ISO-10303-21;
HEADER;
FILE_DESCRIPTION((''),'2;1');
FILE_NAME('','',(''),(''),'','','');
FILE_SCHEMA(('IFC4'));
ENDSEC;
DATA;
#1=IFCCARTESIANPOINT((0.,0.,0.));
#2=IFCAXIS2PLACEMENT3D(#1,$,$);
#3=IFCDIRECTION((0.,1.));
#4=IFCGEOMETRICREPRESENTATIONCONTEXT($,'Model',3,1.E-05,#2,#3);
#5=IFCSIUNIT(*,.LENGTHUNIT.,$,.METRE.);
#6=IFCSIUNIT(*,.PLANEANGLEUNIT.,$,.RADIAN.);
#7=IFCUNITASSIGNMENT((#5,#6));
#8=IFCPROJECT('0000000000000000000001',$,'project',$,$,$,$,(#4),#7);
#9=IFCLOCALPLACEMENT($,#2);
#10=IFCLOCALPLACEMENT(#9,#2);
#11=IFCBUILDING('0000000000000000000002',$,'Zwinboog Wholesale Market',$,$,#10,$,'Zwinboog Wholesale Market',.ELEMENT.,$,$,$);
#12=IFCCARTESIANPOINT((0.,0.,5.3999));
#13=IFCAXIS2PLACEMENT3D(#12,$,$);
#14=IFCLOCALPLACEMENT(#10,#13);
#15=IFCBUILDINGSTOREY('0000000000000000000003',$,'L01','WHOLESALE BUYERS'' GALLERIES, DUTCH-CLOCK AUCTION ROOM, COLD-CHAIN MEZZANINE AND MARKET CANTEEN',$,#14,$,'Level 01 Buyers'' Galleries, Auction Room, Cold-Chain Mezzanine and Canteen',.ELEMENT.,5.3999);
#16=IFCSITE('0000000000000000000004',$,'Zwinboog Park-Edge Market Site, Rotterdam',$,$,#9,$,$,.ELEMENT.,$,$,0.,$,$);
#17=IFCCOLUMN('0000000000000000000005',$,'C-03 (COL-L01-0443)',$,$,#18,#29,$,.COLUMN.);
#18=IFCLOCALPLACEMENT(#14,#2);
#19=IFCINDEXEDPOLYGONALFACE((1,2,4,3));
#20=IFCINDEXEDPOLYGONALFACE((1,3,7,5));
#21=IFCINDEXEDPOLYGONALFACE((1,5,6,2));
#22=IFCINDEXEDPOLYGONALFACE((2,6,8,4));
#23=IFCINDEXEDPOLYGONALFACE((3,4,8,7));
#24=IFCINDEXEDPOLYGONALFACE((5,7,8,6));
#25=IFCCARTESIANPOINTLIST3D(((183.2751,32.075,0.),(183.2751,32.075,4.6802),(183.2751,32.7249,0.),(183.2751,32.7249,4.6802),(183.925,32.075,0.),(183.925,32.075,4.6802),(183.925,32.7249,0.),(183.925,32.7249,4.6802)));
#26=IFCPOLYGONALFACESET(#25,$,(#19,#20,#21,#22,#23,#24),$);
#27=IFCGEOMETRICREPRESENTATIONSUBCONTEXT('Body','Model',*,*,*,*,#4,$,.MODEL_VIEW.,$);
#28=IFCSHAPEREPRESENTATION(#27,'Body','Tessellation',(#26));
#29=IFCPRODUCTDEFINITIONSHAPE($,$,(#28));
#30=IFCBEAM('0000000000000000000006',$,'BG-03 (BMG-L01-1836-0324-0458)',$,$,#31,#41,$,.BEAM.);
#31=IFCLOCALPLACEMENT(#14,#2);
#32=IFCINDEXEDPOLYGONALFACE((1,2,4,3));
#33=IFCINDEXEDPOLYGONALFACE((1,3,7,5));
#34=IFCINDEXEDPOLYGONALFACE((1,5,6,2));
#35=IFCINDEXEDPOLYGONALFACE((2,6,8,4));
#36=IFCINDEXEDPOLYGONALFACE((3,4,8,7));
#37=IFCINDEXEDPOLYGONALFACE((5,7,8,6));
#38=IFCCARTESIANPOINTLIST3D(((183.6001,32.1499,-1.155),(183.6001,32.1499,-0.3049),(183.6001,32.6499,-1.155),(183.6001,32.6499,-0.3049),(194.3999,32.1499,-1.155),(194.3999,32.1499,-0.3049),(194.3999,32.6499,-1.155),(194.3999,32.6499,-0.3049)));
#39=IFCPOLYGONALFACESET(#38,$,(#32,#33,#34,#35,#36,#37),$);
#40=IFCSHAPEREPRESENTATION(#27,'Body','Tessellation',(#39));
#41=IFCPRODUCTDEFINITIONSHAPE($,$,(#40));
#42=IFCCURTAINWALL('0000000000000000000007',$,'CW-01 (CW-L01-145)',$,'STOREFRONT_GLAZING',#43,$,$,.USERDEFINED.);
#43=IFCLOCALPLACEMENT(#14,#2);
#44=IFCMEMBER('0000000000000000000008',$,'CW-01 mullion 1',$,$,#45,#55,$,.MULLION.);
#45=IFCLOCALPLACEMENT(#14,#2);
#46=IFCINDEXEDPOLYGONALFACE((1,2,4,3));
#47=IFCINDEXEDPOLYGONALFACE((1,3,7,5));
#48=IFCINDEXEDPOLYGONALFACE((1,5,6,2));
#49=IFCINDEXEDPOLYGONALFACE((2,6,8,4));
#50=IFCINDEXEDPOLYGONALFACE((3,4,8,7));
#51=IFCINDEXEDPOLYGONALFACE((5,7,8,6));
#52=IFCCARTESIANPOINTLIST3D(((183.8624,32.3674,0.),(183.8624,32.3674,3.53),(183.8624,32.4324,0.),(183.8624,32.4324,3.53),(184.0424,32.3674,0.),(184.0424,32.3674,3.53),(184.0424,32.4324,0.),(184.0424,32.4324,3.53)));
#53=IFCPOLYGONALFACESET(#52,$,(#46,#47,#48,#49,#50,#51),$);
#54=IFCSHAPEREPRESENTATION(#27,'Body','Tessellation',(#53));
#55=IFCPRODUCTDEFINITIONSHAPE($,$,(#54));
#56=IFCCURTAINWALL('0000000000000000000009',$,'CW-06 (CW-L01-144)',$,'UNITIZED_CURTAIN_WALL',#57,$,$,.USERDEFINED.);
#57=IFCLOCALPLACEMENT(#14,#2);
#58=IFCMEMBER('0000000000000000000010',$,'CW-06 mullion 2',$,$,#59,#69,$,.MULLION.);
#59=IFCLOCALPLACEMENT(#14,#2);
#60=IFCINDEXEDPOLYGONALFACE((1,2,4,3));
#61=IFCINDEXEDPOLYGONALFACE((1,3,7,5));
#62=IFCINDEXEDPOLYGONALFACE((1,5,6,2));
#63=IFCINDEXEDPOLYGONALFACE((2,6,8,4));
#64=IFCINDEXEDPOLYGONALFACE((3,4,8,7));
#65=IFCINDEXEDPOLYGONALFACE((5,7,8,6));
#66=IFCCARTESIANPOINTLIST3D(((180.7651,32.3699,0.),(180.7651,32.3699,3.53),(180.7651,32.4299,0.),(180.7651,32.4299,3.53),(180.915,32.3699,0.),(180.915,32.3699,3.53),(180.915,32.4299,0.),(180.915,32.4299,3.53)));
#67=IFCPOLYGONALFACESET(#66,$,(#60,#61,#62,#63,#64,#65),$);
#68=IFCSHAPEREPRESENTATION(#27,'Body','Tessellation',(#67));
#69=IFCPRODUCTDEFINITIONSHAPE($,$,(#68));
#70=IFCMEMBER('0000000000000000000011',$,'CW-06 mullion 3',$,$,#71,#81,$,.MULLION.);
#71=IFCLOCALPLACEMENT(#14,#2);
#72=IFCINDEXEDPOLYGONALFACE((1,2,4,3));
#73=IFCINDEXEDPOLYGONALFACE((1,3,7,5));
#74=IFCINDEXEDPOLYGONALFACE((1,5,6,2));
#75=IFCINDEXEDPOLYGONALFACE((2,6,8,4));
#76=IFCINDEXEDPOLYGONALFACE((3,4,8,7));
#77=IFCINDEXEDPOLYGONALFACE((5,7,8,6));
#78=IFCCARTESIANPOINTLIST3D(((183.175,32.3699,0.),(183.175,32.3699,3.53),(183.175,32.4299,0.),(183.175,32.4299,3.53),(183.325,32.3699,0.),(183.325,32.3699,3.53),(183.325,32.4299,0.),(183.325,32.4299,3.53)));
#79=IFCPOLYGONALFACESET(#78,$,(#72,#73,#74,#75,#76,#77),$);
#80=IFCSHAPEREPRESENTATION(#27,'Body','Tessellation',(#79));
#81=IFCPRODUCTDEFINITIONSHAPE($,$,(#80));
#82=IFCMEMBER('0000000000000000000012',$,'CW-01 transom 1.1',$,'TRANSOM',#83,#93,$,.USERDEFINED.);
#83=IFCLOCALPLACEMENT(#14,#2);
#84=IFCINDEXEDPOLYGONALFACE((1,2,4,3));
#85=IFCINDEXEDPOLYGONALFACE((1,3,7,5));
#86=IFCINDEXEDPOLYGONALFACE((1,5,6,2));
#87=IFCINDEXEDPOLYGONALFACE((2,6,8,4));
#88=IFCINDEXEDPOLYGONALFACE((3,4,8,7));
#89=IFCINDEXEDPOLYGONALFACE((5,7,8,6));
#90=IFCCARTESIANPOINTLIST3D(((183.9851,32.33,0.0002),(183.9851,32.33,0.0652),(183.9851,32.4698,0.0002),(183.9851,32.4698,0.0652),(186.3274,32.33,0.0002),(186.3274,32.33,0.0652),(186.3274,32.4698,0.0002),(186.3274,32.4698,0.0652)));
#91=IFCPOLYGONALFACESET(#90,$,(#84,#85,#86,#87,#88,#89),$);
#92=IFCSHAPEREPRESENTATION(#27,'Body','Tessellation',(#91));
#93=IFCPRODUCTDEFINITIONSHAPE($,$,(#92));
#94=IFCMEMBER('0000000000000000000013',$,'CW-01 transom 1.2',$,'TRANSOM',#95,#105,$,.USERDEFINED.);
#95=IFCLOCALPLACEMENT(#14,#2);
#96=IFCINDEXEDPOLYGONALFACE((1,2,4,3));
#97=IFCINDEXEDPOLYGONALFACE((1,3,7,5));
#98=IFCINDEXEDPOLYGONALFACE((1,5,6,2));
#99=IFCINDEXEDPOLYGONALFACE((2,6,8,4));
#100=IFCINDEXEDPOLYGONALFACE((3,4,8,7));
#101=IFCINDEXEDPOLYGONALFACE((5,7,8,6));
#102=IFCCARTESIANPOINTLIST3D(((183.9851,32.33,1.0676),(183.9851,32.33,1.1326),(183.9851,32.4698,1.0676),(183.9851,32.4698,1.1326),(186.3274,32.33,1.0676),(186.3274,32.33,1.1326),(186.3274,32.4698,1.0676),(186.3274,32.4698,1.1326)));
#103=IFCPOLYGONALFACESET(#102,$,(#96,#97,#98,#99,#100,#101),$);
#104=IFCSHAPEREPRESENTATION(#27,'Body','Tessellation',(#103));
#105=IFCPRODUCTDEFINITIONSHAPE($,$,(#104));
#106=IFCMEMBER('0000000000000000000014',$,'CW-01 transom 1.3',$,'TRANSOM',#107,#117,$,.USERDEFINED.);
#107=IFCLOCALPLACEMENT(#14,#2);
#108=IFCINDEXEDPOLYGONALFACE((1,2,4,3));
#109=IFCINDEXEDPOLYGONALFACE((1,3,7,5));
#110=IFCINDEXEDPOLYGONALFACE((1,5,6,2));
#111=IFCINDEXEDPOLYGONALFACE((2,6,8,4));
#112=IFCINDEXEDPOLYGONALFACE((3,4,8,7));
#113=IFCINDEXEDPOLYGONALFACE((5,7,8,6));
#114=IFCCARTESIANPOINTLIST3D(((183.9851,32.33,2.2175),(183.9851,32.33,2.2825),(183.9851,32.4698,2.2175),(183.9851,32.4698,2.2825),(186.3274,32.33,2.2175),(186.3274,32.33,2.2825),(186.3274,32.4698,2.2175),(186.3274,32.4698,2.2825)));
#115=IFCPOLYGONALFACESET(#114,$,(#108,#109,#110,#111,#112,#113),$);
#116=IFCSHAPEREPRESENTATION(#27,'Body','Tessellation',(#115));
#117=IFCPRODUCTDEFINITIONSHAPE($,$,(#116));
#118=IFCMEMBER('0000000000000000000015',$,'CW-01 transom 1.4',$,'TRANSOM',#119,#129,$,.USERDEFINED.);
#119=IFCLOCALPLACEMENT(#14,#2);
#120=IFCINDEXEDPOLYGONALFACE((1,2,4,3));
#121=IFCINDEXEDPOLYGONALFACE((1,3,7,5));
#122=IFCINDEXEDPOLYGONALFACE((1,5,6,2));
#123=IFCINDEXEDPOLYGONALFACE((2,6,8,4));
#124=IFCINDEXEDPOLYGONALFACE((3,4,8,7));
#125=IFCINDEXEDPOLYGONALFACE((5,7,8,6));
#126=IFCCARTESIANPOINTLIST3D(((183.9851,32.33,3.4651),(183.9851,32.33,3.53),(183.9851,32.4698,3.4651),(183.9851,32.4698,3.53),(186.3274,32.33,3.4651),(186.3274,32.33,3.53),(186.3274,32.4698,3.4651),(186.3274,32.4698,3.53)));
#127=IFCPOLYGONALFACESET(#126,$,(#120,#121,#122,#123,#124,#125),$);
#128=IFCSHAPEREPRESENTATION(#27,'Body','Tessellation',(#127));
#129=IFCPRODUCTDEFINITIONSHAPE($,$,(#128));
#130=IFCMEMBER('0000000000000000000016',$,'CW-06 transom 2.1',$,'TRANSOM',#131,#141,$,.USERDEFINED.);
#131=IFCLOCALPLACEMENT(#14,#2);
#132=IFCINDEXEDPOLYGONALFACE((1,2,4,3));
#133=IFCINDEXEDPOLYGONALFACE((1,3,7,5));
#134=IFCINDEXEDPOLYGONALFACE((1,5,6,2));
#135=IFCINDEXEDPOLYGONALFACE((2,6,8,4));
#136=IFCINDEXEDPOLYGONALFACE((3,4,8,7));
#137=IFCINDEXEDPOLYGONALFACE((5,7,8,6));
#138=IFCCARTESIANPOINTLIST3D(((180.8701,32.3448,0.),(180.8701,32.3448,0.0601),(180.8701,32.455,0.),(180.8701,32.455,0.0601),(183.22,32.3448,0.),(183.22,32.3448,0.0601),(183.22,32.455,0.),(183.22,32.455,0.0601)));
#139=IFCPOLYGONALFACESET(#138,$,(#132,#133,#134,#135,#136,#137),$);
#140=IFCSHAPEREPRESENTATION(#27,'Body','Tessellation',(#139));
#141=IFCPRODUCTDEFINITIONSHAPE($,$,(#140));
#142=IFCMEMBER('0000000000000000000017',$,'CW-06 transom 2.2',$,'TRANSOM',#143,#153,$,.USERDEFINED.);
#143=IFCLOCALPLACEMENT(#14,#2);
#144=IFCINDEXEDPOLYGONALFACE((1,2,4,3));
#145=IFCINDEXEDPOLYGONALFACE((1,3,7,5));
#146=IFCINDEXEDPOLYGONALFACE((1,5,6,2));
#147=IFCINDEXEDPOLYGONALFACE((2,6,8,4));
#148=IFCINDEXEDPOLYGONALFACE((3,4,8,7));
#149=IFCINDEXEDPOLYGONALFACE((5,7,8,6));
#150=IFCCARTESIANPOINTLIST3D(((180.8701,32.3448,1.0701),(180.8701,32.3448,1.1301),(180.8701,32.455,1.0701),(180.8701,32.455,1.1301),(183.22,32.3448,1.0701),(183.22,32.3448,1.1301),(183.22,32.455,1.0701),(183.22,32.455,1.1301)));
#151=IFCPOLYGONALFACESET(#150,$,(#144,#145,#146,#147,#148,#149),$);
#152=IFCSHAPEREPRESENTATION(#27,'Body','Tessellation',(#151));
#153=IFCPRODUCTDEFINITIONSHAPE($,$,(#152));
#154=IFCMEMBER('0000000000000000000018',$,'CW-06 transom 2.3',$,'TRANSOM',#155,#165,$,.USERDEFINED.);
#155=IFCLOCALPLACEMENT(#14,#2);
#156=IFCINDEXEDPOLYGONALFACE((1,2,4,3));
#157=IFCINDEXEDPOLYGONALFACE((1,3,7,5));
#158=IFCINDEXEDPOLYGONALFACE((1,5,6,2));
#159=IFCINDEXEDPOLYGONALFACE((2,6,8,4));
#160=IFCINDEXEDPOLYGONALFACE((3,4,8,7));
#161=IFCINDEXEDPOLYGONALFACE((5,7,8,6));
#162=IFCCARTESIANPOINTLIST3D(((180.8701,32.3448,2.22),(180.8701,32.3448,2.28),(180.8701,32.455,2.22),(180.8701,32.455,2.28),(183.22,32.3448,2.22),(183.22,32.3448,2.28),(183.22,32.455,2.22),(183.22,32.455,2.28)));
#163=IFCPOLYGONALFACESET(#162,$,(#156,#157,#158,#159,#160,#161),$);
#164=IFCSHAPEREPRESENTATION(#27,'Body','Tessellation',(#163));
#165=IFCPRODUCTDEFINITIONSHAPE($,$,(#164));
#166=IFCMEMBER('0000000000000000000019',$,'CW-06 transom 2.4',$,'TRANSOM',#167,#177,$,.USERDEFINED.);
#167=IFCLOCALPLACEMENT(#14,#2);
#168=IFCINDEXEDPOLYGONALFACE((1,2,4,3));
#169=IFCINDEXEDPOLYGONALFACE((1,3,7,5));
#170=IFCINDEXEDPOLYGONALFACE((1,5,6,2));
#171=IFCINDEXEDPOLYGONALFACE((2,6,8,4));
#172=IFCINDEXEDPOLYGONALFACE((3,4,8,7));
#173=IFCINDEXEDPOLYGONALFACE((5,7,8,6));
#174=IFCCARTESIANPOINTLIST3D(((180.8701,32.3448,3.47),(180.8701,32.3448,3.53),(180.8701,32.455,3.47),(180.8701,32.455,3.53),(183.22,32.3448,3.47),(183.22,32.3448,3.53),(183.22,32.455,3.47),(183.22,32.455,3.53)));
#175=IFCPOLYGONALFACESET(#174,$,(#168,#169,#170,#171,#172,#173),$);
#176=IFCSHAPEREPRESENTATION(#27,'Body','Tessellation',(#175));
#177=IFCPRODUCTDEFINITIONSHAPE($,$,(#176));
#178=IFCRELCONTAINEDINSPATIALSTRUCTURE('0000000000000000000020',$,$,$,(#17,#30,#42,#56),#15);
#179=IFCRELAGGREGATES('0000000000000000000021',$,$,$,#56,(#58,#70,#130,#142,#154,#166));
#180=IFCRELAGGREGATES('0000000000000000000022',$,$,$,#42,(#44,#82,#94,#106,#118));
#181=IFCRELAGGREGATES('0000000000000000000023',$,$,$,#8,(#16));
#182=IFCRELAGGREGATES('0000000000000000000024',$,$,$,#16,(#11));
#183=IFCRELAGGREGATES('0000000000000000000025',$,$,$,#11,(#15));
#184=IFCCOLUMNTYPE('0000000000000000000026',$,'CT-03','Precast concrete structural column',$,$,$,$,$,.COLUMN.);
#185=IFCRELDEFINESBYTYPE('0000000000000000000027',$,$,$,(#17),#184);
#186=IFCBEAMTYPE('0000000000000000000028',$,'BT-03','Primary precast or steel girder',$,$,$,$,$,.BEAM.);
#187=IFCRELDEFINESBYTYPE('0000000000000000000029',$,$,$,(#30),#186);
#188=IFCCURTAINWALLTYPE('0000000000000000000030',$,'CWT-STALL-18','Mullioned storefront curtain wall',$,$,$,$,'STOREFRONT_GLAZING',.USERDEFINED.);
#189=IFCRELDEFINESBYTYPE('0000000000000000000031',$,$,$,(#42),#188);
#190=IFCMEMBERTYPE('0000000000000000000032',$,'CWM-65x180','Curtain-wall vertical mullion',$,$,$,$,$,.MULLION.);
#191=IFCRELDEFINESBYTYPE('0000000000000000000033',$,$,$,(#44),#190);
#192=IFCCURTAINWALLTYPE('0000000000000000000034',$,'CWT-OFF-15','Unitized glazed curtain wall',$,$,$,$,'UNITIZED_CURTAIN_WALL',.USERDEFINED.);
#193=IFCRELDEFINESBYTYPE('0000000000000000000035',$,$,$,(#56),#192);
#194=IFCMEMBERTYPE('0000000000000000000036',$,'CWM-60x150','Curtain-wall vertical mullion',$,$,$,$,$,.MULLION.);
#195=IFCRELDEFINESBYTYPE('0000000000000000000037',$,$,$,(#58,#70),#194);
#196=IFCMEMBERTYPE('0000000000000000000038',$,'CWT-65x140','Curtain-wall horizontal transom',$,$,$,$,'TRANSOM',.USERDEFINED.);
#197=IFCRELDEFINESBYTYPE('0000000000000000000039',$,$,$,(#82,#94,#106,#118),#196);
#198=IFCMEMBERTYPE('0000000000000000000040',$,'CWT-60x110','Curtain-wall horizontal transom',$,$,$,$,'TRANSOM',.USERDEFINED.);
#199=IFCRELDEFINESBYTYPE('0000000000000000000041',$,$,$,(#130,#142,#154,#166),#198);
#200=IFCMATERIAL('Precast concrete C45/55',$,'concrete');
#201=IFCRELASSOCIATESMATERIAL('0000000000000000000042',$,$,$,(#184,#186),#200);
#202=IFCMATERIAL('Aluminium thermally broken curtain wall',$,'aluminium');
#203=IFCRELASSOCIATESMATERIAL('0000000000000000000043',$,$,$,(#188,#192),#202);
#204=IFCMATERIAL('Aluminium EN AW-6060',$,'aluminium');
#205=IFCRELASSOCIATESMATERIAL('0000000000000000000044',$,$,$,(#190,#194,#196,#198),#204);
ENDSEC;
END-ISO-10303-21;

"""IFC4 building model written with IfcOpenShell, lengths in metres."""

from ifc_helpers import new_model, si_unit, direction, frame, origin, origin_2d, place, context, subcontext, project, spatial, rectangle, extrude, material, material_profile, profile_set, type_object, element, aggregate, save


model = new_model("IFC4")

# Units and contexts
model_context = context("Model", 3, precision=1e-05, world=origin(), true_north=direction((0.0, 1.0)))
body_context = subcontext(model_context, "Body", "Model", "MODEL_VIEW")
ifc_project = project(units=[si_unit("LENGTHUNIT", "METRE"), si_unit("PLANEANGLEUNIT", "RADIAN")], contexts=[model_context])

# Site, building, storey
site_placement = place(None, origin())
site = spatial("IfcSite", under=ifc_project, at=site_placement, Name="Zwinboog Park-Edge Market Site, Rotterdam", CompositionType="ELEMENT", RefElevation=0.0)
building_placement = place(site_placement, origin())
building = spatial("IfcBuilding", under=site, at=building_placement, Name="Zwinboog Wholesale Market", LongName="Zwinboog Wholesale Market", CompositionType="ELEMENT")
storey_placement = place(building_placement, frame((0.0, 0.0, 5.3999)))
storey = spatial("IfcBuildingStorey", under=building, at=storey_placement, Name="L01", Description="WHOLESALE BUYERS' GALLERIES, DUTCH-CLOCK AUCTION ROOM, COLD-CHAIN MEZZANINE AND MARKET CANTEEN", LongName="Level 01 Buyers' Galleries, Auction Room, Cold-Chain Mezzanine and Canteen", CompositionType="ELEMENT", Elevation=5.3999)

# Column
ifc_material_1 = material(Name="Precast concrete C45/55", Category="concrete")
ifc_material_profile_1 = material_profile(ifc_material_1, rectangle(XDim=0.6499, YDim=0.6499, at=origin_2d()), Name="PC 650x650")
ifc_profile_set_1 = profile_set([ifc_material_profile_1], Name="Precast concrete C45/55")
column_type = type_object("IfcColumnType", Name="CT-03", Description="Precast concrete structural column", PredefinedType="COLUMN", material=ifc_profile_set_1)
column_placement = place(storey_placement, frame((183.6001, 32.3999, 0.0), z_axis=(0.0, 0.0, 1.0), x_axis=(1.0, 0.0, 0.0)))
element("IfcColumn", 1, at=column_placement, inside=storey, type_object=column_type, Name="C-03 (COL-L01-0443)", PredefinedType="COLUMN", context=body_context, shape_type="SweptSolid", body=[
    extrude(rectangle(XDim=0.6499, YDim=0.6499, at=origin_2d()), origin(), (0.0, 0.0, 1.0), 4.6802),
])

# Beam
ifc_material_profile_2 = material_profile(ifc_material_1, rectangle(XDim=0.5, YDim=0.8501, at=origin_2d()), Name="PC 500x850")
ifc_profile_set_2 = profile_set([ifc_material_profile_2], Name="Precast concrete C45/55")
beam_type = type_object("IfcBeamType", Name="BT-03", Description="Primary precast or steel girder", PredefinedType="BEAM", material=ifc_profile_set_2)
beam_placement = place(storey_placement, frame((183.6001, 32.3999, -0.73), z_axis=(1.0, 0.0, 0.0), x_axis=(0.0, 1.0, 0.0)))
element("IfcBeam", 2, at=beam_placement, inside=storey, type_object=beam_type, Name="BG-03 (BMG-L01-1836-0324-0458)", PredefinedType="BEAM", context=body_context, shape_type="SweptSolid", body=[
    extrude(rectangle(XDim=0.5, YDim=0.8501, at=origin_2d()), origin(), (0.0, 0.0, 1.0), 10.7998),
])

# Curtain wall, member
ifc_material_2 = material(Name="Aluminium thermally broken curtain wall", Category="aluminium")
curtain_wall_type_1 = type_object("IfcCurtainWallType", Name="CWT-STALL-18", Description="Mullioned storefront curtain wall", ElementType="STOREFRONT_GLAZING", PredefinedType="USERDEFINED", material=ifc_material_2)
curtain_wall_1_placement = place(storey_placement, origin())
curtain_wall_1 = element("IfcCurtainWall", 3, at=curtain_wall_1_placement, inside=storey, type_object=curtain_wall_type_1, Name="CW-01 (CW-L01-145)", ObjectType="STOREFRONT_GLAZING", PredefinedType="USERDEFINED")
ifc_material_3 = material(Name="Aluminium EN AW-6060", Category="aluminium")
ifc_material_profile_3 = material_profile(ifc_material_3, rectangle(XDim=0.0649, YDim=0.1799, at=origin_2d()), Name="AL 65x180")
ifc_profile_set_3 = profile_set([ifc_material_profile_3], Name="Aluminium EN AW-6060")
member_type_1 = type_object("IfcMemberType", Name="CWM-65x180", Description="Curtain-wall vertical mullion", PredefinedType="MULLION", material=ifc_profile_set_3)
member_1_placement = place(storey_placement, frame((183.9524, 32.3999, 0.0), z_axis=(0.0, 0.0, 1.0), x_axis=(0.0, 1.0, 0.0)))
member_1 = element("IfcMember", 4, at=member_1_placement, type_object=member_type_1, Name="CW-01 mullion 1", PredefinedType="MULLION", context=body_context, shape_type="SweptSolid", body=[
    extrude(rectangle(XDim=0.0649, YDim=0.1799, at=origin_2d()), origin(), (0.0, 0.0, 1.0), 3.53),
])

# Curtain wall, members
curtain_wall_type_2 = type_object("IfcCurtainWallType", Name="CWT-OFF-15", Description="Unitized glazed curtain wall", ElementType="UNITIZED_CURTAIN_WALL", PredefinedType="USERDEFINED", material=ifc_material_2)
curtain_wall_2_placement = place(storey_placement, origin())
curtain_wall_2 = element("IfcCurtainWall", 5, at=curtain_wall_2_placement, inside=storey, type_object=curtain_wall_type_2, Name="CW-06 (CW-L01-144)", ObjectType="UNITIZED_CURTAIN_WALL", PredefinedType="USERDEFINED")
ifc_material_profile_4 = material_profile(ifc_material_3, rectangle(XDim=0.0601, YDim=0.1499, at=origin_2d()), Name="AL 60x150")
ifc_profile_set_4 = profile_set([ifc_material_profile_4], Name="Aluminium EN AW-6060")
member_type_2 = type_object("IfcMemberType", Name="CWM-60x150", Description="Curtain-wall vertical mullion", PredefinedType="MULLION", material=ifc_profile_set_4)
member_2_placement = place(storey_placement, frame((180.8401, 32.3999, 0.0), z_axis=(0.0, 0.0, 1.0), x_axis=(0.0, 1.0, 0.0)))
member_2 = element("IfcMember", 6, at=member_2_placement, type_object=member_type_2, Name="CW-06 mullion 2", PredefinedType="MULLION", context=body_context, shape_type="SweptSolid", body=[
    extrude(rectangle(XDim=0.0601, YDim=0.1499, at=origin_2d()), origin(), (0.0, 0.0, 1.0), 3.53),
])
member_3_placement = place(storey_placement, frame((183.25, 32.3999, 0.0), z_axis=(0.0, 0.0, 1.0), x_axis=(0.0, 1.0, 0.0)))
member_3 = element("IfcMember", 7, at=member_3_placement, type_object=member_type_2, Name="CW-06 mullion 3", PredefinedType="MULLION", context=body_context, shape_type="SweptSolid", body=[
    extrude(rectangle(XDim=0.0601, YDim=0.1499, at=origin_2d()), origin(), (0.0, 0.0, 1.0), 3.53),
])

# Members
ifc_material_profile_5 = material_profile(ifc_material_3, rectangle(XDim=0.1399, YDim=0.0649, at=origin_2d()), Name="AL 65x140")
ifc_profile_set_5 = profile_set([ifc_material_profile_5], Name="Aluminium EN AW-6060")
member_type_3 = type_object("IfcMemberType", Name="CWT-65x140", Description="Curtain-wall horizontal transom", ElementType="TRANSOM", PredefinedType="USERDEFINED", material=ifc_profile_set_5)
member_4_placement = place(storey_placement, frame((183.9851, 32.3999, 0.0327), z_axis=(1.0, 0.0, 0.0), x_axis=(0.0, 1.0, 0.0)))
member_4 = element("IfcMember", 8, at=member_4_placement, type_object=member_type_3, Name="CW-01 transom 1.1", ObjectType="TRANSOM", PredefinedType="USERDEFINED", context=body_context, shape_type="SweptSolid", body=[
    extrude(rectangle(XDim=0.1399, YDim=0.0649, at=origin_2d()), origin(), (0.0, 0.0, 1.0), 2.3423),
])
member_5_placement = place(storey_placement, frame((183.9851, 32.3999, 1.1001), z_axis=(1.0, 0.0, 0.0), x_axis=(0.0, 1.0, 0.0)))
member_5 = element("IfcMember", 9, at=member_5_placement, type_object=member_type_3, Name="CW-01 transom 1.2", ObjectType="TRANSOM", PredefinedType="USERDEFINED", context=body_context, shape_type="SweptSolid", body=[
    extrude(rectangle(XDim=0.1399, YDim=0.0649, at=origin_2d()), origin(), (0.0, 0.0, 1.0), 2.3423),
])
member_6_placement = place(storey_placement, frame((183.9851, 32.3999, 2.25), z_axis=(1.0, 0.0, 0.0), x_axis=(0.0, 1.0, 0.0)))
member_6 = element("IfcMember", 10, at=member_6_placement, type_object=member_type_3, Name="CW-01 transom 1.3", ObjectType="TRANSOM", PredefinedType="USERDEFINED", context=body_context, shape_type="SweptSolid", body=[
    extrude(rectangle(XDim=0.1399, YDim=0.0649, at=origin_2d()), origin(), (0.0, 0.0, 1.0), 2.3423),
])
member_7_placement = place(storey_placement, frame((183.9851, 32.3999, 3.4976), z_axis=(1.0, 0.0, 0.0), x_axis=(0.0, 1.0, 0.0)))
member_7 = element("IfcMember", 11, at=member_7_placement, type_object=member_type_3, Name="CW-01 transom 1.4", ObjectType="TRANSOM", PredefinedType="USERDEFINED", context=body_context, shape_type="SweptSolid", body=[
    extrude(rectangle(XDim=0.1399, YDim=0.0649, at=origin_2d()), origin(), (0.0, 0.0, 1.0), 2.3423),
])
ifc_material_profile_6 = material_profile(ifc_material_3, rectangle(XDim=0.1101, YDim=0.0601, at=origin_2d()), Name="AL 60x110")
ifc_profile_set_6 = profile_set([ifc_material_profile_6], Name="Aluminium EN AW-6060")
member_type_4 = type_object("IfcMemberType", Name="CWT-60x110", Description="Curtain-wall horizontal transom", ElementType="TRANSOM", PredefinedType="USERDEFINED", material=ifc_profile_set_6)
member_8_placement = place(storey_placement, frame((180.8701, 32.3999, 0.03), z_axis=(1.0, 0.0, 0.0), x_axis=(0.0, 1.0, 0.0)))
member_8 = element("IfcMember", 12, at=member_8_placement, type_object=member_type_4, Name="CW-06 transom 2.1", ObjectType="TRANSOM", PredefinedType="USERDEFINED", context=body_context, shape_type="SweptSolid", body=[
    extrude(rectangle(XDim=0.1101, YDim=0.0601, at=origin_2d()), origin(), (0.0, 0.0, 1.0), 2.3499),
])
member_9_placement = place(storey_placement, frame((180.8701, 32.3999, 1.1001), z_axis=(1.0, 0.0, 0.0), x_axis=(0.0, 1.0, 0.0)))
member_9 = element("IfcMember", 13, at=member_9_placement, type_object=member_type_4, Name="CW-06 transom 2.2", ObjectType="TRANSOM", PredefinedType="USERDEFINED", context=body_context, shape_type="SweptSolid", body=[
    extrude(rectangle(XDim=0.1101, YDim=0.0601, at=origin_2d()), origin(), (0.0, 0.0, 1.0), 2.3499),
])
member_10_placement = place(storey_placement, frame((180.8701, 32.3999, 2.25), z_axis=(1.0, 0.0, 0.0), x_axis=(0.0, 1.0, 0.0)))
member_10 = element("IfcMember", 14, at=member_10_placement, type_object=member_type_4, Name="CW-06 transom 2.3", ObjectType="TRANSOM", PredefinedType="USERDEFINED", context=body_context, shape_type="SweptSolid", body=[
    extrude(rectangle(XDim=0.1101, YDim=0.0601, at=origin_2d()), origin(), (0.0, 0.0, 1.0), 2.3499),
])
member_11_placement = place(storey_placement, frame((180.8701, 32.3999, 3.5), z_axis=(1.0, 0.0, 0.0), x_axis=(0.0, 1.0, 0.0)))
member_11 = element("IfcMember", 15, at=member_11_placement, type_object=member_type_4, Name="CW-06 transom 2.4", ObjectType="TRANSOM", PredefinedType="USERDEFINED", context=body_context, shape_type="SweptSolid", body=[
    extrude(rectangle(XDim=0.1101, YDim=0.0601, at=origin_2d()), origin(), (0.0, 0.0, 1.0), 2.3499),
])

aggregate(curtain_wall_2, [member_2, member_3, member_8, member_9, member_10, member_11])
aggregate(curtain_wall_1, [member_1, member_4, member_5, member_6, member_7])

save(model, "model.ifc")
